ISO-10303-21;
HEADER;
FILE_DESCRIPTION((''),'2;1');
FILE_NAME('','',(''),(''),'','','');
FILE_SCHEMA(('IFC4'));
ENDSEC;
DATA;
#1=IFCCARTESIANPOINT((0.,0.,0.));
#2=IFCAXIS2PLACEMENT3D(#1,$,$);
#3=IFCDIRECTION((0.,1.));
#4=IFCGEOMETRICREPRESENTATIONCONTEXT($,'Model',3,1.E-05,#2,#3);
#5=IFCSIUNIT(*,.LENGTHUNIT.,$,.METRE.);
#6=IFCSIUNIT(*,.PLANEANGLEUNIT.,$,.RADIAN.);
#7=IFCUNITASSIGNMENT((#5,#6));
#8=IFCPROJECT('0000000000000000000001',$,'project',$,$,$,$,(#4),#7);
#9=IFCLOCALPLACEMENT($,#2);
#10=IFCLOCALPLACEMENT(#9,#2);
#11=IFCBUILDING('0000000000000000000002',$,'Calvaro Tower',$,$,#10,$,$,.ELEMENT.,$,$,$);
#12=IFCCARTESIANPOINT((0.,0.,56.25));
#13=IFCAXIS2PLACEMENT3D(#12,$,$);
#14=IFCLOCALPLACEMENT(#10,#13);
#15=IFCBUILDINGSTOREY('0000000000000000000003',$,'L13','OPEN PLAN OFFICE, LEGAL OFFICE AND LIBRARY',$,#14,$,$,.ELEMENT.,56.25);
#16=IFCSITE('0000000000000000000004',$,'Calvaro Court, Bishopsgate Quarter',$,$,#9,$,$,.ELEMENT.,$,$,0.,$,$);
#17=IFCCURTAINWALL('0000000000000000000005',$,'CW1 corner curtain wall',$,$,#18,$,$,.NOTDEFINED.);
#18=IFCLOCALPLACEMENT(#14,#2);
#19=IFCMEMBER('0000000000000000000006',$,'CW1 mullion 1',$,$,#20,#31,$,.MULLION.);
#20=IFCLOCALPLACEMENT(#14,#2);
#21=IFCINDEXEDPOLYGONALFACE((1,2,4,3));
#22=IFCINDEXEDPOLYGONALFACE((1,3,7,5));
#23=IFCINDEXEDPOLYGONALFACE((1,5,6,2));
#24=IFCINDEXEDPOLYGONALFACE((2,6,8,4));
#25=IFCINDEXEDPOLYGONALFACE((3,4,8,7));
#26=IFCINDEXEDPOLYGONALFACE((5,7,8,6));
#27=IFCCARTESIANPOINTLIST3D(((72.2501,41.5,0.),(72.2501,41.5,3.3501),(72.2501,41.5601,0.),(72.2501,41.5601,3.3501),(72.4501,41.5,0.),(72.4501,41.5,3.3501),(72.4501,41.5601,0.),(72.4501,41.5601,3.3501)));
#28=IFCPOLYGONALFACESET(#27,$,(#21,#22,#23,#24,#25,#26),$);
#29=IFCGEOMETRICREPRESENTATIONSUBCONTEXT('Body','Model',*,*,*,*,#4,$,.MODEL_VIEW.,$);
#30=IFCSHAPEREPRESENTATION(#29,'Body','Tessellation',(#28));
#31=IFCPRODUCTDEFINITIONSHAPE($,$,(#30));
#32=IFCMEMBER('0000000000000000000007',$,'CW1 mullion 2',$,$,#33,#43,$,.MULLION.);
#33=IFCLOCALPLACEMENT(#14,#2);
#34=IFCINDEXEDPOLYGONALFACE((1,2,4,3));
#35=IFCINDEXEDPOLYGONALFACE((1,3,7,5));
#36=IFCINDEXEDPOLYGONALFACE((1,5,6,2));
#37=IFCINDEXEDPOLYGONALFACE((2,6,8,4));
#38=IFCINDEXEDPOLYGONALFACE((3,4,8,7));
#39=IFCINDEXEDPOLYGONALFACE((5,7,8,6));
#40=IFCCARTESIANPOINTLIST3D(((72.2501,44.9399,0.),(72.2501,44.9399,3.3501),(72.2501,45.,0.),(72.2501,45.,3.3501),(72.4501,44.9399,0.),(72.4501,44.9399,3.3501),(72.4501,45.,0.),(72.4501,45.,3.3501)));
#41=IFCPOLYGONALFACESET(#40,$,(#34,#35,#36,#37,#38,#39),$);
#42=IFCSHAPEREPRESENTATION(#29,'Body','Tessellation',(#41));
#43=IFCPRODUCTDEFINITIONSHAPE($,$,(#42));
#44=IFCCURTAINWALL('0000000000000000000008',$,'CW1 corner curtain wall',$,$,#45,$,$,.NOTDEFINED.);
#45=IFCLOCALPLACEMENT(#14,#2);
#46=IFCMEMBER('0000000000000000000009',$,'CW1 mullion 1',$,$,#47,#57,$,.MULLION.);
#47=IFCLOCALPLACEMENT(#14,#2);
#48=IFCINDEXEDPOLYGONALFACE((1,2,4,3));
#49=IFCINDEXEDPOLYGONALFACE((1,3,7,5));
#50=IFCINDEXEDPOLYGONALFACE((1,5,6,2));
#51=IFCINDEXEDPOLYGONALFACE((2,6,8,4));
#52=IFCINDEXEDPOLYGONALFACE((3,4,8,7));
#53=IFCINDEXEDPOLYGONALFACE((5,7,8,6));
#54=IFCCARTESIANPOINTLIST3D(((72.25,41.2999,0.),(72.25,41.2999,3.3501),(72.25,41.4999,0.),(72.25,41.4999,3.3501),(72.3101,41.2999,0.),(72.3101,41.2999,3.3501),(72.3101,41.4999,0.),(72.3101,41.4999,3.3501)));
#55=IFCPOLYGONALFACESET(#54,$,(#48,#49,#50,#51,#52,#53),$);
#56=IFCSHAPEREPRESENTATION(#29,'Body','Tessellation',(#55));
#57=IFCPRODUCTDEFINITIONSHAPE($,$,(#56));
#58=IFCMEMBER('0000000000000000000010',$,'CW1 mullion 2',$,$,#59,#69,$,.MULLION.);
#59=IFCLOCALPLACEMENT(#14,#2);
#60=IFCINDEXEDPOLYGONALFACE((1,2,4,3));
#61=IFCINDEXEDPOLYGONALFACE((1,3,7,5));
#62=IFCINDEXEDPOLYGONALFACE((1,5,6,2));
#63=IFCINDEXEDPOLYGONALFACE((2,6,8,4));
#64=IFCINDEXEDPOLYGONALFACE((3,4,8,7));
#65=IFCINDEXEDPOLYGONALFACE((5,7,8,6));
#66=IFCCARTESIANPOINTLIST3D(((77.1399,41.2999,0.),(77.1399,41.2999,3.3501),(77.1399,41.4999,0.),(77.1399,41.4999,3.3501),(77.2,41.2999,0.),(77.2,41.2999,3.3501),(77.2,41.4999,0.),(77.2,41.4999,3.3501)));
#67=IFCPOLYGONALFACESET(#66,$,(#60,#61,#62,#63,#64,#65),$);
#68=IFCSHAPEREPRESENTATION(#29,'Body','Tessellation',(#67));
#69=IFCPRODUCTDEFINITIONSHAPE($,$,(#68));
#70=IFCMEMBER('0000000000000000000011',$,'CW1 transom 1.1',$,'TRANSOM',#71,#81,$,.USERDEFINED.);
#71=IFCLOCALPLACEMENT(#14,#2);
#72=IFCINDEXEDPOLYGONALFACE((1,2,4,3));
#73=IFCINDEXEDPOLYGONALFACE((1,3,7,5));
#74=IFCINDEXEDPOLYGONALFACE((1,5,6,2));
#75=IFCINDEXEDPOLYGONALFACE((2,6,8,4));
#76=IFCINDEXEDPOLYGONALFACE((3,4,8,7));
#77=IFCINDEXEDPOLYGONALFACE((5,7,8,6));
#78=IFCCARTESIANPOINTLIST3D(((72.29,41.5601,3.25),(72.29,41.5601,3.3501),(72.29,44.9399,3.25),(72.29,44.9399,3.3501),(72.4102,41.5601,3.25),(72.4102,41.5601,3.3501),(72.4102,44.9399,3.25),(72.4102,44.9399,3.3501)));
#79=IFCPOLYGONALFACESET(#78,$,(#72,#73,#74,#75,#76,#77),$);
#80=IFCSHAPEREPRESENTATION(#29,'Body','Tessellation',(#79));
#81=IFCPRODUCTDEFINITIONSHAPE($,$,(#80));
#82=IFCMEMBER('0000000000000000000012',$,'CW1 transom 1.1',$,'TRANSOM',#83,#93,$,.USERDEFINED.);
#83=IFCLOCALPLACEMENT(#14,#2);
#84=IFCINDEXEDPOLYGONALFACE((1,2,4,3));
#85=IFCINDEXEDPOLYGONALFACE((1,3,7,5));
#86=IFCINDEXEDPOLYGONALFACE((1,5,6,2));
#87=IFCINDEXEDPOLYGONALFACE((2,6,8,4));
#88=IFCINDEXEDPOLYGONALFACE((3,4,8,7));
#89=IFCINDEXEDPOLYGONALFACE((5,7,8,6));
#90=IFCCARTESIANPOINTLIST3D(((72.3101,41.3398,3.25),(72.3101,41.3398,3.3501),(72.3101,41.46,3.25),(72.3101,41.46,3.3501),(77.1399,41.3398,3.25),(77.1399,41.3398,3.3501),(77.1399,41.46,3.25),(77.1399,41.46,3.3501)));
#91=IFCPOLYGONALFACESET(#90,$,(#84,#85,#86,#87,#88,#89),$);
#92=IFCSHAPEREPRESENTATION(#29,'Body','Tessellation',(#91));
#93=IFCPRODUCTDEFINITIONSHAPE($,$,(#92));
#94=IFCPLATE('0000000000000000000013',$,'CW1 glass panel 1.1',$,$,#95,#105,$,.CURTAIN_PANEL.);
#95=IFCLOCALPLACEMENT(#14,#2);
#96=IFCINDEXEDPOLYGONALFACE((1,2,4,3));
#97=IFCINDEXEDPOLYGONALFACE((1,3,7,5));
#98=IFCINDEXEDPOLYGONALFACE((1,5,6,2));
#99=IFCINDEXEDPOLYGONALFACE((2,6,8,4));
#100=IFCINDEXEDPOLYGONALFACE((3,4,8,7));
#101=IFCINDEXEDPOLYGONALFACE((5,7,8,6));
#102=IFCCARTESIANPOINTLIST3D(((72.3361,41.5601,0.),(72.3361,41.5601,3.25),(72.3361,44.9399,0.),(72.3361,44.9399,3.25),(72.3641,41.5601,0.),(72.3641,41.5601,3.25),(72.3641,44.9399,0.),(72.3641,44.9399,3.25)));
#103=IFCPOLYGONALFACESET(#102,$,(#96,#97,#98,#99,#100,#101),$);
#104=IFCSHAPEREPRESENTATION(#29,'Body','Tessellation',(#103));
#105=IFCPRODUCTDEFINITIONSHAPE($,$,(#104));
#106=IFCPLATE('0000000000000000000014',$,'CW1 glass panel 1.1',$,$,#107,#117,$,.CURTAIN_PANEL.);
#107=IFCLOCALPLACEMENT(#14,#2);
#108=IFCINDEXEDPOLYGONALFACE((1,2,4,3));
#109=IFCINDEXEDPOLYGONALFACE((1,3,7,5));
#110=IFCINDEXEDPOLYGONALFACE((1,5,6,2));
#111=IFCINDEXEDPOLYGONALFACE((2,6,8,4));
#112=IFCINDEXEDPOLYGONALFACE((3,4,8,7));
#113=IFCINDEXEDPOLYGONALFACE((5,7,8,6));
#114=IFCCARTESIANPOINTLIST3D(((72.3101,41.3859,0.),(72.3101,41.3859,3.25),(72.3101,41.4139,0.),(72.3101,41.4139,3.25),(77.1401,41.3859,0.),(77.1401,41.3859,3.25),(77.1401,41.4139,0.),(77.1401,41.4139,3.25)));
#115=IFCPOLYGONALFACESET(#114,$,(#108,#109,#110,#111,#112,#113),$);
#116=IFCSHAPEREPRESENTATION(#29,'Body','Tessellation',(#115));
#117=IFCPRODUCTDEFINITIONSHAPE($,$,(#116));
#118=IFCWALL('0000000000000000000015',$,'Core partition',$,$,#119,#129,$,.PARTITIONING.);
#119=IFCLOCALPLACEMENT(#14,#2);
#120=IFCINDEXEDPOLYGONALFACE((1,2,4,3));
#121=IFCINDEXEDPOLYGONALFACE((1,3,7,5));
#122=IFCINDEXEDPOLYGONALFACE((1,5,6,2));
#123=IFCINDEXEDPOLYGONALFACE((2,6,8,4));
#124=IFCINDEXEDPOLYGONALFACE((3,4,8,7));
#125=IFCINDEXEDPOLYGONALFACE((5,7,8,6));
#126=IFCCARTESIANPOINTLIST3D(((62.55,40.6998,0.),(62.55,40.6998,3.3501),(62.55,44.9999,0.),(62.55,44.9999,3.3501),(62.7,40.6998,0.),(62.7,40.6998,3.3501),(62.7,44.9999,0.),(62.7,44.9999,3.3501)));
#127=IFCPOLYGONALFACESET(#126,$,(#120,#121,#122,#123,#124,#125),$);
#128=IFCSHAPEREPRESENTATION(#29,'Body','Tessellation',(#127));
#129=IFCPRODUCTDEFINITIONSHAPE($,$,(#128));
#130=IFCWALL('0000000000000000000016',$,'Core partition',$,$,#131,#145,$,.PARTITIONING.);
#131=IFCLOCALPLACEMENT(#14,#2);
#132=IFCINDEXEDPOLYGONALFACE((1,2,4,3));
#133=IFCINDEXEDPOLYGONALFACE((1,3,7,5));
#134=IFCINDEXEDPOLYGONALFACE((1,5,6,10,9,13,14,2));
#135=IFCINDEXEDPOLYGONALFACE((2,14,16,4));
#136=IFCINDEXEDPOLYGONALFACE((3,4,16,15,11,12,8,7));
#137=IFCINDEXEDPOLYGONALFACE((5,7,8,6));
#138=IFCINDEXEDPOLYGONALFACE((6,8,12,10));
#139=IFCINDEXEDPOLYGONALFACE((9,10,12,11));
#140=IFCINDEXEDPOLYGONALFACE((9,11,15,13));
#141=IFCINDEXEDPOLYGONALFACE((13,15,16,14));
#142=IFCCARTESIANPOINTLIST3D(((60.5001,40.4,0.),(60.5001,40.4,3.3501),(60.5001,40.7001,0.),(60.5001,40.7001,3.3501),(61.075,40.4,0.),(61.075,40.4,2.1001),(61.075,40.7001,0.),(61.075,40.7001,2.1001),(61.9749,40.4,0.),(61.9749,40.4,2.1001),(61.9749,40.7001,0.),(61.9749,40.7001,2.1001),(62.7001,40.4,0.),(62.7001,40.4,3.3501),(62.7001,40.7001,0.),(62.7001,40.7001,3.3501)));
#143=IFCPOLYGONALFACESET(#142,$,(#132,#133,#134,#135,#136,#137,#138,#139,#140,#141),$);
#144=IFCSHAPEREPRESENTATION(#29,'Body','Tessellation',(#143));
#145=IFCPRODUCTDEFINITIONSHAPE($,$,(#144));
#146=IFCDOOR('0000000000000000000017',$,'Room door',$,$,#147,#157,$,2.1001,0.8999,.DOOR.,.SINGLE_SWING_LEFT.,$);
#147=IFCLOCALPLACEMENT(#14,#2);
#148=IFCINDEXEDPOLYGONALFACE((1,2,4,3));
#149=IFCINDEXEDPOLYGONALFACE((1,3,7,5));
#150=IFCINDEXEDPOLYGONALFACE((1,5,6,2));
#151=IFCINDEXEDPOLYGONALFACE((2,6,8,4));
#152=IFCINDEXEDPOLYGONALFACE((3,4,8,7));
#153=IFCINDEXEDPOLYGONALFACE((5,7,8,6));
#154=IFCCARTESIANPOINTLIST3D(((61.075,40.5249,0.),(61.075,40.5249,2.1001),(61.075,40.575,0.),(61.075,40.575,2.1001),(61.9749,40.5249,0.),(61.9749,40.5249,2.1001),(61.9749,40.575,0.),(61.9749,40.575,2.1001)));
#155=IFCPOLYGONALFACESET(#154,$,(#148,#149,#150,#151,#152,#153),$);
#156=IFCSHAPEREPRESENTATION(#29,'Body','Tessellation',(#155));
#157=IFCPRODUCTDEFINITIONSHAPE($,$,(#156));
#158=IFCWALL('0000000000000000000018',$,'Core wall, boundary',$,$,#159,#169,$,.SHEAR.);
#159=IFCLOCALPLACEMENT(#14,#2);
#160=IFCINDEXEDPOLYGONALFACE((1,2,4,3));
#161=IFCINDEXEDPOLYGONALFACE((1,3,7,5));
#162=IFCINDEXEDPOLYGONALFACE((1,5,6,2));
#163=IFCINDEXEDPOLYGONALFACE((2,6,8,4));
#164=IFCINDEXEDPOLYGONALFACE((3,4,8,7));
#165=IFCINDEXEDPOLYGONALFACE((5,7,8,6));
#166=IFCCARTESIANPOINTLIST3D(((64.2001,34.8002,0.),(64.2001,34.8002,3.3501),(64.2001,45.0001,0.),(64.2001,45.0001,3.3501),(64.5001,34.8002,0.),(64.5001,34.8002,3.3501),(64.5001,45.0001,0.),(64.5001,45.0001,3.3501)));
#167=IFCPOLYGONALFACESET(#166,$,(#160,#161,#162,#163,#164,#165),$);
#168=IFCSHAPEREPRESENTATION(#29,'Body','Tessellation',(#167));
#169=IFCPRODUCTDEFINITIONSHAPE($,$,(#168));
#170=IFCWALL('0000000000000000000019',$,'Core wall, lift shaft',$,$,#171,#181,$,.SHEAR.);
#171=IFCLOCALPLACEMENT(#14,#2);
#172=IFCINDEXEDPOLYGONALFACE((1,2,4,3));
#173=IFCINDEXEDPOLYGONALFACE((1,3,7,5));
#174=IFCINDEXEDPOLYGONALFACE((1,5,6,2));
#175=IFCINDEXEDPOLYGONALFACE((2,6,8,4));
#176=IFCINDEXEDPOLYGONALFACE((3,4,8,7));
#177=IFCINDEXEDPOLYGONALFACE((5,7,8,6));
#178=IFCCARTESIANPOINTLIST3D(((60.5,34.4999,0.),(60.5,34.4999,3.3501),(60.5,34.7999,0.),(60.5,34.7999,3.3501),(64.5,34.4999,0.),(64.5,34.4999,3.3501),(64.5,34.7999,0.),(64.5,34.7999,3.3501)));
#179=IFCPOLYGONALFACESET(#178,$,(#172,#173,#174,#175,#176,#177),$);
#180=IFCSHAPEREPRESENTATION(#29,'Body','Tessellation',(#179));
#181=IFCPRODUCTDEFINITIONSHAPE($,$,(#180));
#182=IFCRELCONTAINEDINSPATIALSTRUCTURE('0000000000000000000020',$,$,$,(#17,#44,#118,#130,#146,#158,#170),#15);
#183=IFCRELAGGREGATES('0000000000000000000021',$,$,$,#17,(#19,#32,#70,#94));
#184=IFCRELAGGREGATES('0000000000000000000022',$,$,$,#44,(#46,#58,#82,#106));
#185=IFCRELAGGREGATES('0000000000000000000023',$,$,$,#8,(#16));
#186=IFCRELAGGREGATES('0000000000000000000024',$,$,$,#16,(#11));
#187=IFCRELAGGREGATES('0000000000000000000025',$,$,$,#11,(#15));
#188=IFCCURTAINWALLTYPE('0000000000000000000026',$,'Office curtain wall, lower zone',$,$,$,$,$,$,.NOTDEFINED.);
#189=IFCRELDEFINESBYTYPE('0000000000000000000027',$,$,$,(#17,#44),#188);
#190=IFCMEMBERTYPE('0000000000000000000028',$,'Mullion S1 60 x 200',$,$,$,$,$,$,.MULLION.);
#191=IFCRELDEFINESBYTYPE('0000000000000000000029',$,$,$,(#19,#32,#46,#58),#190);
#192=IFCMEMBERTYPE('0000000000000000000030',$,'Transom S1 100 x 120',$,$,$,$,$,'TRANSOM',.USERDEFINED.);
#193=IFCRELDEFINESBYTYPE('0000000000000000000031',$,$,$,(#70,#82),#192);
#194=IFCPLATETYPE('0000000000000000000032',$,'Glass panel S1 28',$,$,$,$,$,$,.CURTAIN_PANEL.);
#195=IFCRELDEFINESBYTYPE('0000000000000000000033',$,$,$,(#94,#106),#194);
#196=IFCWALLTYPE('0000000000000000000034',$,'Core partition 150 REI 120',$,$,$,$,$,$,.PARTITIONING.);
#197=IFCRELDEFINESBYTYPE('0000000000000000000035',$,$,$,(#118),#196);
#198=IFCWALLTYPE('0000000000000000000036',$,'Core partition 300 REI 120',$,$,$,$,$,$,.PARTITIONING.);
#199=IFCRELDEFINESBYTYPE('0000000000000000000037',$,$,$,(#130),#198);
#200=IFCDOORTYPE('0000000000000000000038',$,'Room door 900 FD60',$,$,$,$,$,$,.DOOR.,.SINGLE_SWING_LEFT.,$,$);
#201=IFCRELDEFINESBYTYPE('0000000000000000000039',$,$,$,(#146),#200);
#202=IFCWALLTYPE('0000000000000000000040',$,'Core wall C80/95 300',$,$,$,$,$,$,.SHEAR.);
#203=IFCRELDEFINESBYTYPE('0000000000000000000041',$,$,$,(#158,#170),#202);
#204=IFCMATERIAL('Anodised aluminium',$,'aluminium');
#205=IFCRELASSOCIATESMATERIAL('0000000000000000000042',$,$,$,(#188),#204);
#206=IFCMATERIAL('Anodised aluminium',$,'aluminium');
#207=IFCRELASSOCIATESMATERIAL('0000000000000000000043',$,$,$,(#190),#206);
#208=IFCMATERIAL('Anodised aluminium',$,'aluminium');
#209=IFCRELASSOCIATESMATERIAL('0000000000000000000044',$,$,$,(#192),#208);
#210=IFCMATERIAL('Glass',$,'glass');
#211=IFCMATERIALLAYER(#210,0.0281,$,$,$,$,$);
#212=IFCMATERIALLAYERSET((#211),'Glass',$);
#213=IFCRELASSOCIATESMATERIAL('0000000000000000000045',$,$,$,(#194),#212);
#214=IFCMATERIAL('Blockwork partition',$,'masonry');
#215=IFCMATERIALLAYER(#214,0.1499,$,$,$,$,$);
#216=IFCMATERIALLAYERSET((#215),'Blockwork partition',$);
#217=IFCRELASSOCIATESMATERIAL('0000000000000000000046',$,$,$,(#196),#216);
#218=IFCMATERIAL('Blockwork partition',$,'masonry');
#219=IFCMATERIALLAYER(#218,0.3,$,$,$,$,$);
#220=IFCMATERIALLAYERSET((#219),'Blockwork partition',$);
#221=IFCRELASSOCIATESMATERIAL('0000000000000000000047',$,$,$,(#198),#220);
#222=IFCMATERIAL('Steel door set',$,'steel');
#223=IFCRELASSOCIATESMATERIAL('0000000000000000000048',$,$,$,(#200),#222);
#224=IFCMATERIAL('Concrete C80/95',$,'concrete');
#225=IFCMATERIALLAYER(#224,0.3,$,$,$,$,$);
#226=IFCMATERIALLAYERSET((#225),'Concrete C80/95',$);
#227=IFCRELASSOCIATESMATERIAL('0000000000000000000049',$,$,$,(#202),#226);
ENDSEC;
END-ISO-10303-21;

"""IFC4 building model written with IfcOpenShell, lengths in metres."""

from ifc_helpers import new_model, si_unit, direction, frame, frame_2d, origin, origin_2d, place, context, subcontext, project, spatial, rectangle, extrude, material, layer, layer_set, material_profile, profile_set, type_object, element, fill, aggregate, save


model = new_model("IFC4")

# Units and contexts
model_context = context("Model", 3, precision=1e-05, world=origin(), true_north=direction((0.0, 1.0)))
body_context = subcontext(model_context, "Body", "Model", "MODEL_VIEW")
ifc_project = project(units=[si_unit("LENGTHUNIT", "METRE"), si_unit("PLANEANGLEUNIT", "RADIAN")], contexts=[model_context])

# Site, building, storey
site_placement = place(None, origin())
site = spatial("IfcSite", under=ifc_project, at=site_placement, Name="Calvaro Court, Bishopsgate Quarter", CompositionType="ELEMENT", RefElevation=0.0)
building_placement = place(site_placement, origin())
building = spatial("IfcBuilding", under=site, at=building_placement, Name="Calvaro Tower", CompositionType="ELEMENT")
storey_placement = place(building_placement, frame((0.0, 0.0, 56.25)))
storey = spatial("IfcBuildingStorey", under=building, at=storey_placement, Name="L13", Description="OPEN PLAN OFFICE, LEGAL OFFICE AND LIBRARY", CompositionType="ELEMENT", Elevation=56.25)

# Curtain walls, members
ifc_material_1 = material(Name="Anodised aluminium", Category="aluminium")
curtain_wall_type = type_object("IfcCurtainWallType", Name="Office curtain wall, lower zone", PredefinedType="NOTDEFINED", material=ifc_material_1)
curtain_wall_1_placement = place(storey_placement, origin())
curtain_wall_1 = element("IfcCurtainWall", 1, at=curtain_wall_1_placement, inside=storey, type_object=curtain_wall_type, Name="CW1 corner curtain wall", PredefinedType="NOTDEFINED")
ifc_material_2 = material(Name="Anodised aluminium", Category="aluminium")
ifc_material_profile_1 = material_profile(ifc_material_2, rectangle(XDim=0.2, YDim=0.0601, at=origin_2d()), Name="Mullion S1 60 x 200")
ifc_profile_set_1 = profile_set([ifc_material_profile_1], Name="Anodised aluminium")
member_type_1 = type_object("IfcMemberType", Name="Mullion S1 60 x 200", PredefinedType="MULLION", material=ifc_profile_set_1)
member_1_placement = place(storey_placement, frame((72.3501, 41.53, 0.0), z_axis=(0.0, 0.0, 1.0), x_axis=(-1.0, 0.0, 0.0)))
member_1 = element("IfcMember", 2, at=member_1_placement, type_object=member_type_1, Name="CW1 mullion 1", PredefinedType="MULLION", context=body_context, shape_type="SweptSolid", body=[
    extrude(rectangle(XDim=0.2, YDim=0.0601, at=origin_2d()), origin(), (0.0, 0.0, 1.0), 3.3501),
])
member_2_placement = place(storey_placement, frame((72.3501, 44.97, 0.0), z_axis=(0.0, 0.0, 1.0), x_axis=(-1.0, 0.0, 0.0)))
member_2 = element("IfcMember", 3, at=member_2_placement, type_object=member_type_1, Name="CW1 mullion 2", PredefinedType="MULLION", context=body_context, shape_type="SweptSolid", body=[
    extrude(rectangle(XDim=0.2, YDim=0.0601, at=origin_2d()), origin(), (0.0, 0.0, 1.0), 3.3501),
])
curtain_wall_2_placement = place(storey_placement, origin())
curtain_wall_2 = element("IfcCurtainWall", 4, at=curtain_wall_2_placement, inside=storey, type_object=curtain_wall_type, Name="CW1 corner curtain wall", PredefinedType="NOTDEFINED")
member_3_placement = place(storey_placement, frame((72.28, 41.3999, 0.0), z_axis=(0.0, 0.0, 1.0), x_axis=(0.0, 1.0, 0.0)))
member_3 = element("IfcMember", 5, at=member_3_placement, type_object=member_type_1, Name="CW1 mullion 1", PredefinedType="MULLION", context=body_context, shape_type="SweptSolid", body=[
    extrude(rectangle(XDim=0.2, YDim=0.0601, at=origin_2d()), origin(), (0.0, 0.0, 1.0), 3.3501),
])
member_4_placement = place(storey_placement, frame((77.1699, 41.3999, 0.0), z_axis=(0.0, 0.0, 1.0), x_axis=(0.0, 1.0, 0.0)))
member_4 = element("IfcMember", 6, at=member_4_placement, type_object=member_type_1, Name="CW1 mullion 2", PredefinedType="MULLION", context=body_context, shape_type="SweptSolid", body=[
    extrude(rectangle(XDim=0.2, YDim=0.0601, at=origin_2d()), origin(), (0.0, 0.0, 1.0), 3.3501),
])

# Members
ifc_material_3 = material(Name="Anodised aluminium", Category="aluminium")
ifc_material_profile_2 = material_profile(ifc_material_3, rectangle(XDim=0.1201, YDim=0.1001, at=origin_2d()), Name="Transom S1 100 x 120")
ifc_profile_set_2 = profile_set([ifc_material_profile_2], Name="Anodised aluminium")
member_type_2 = type_object("IfcMemberType", Name="Transom S1 100 x 120", ElementType="TRANSOM", PredefinedType="USERDEFINED", material=ifc_profile_set_2)
member_5_placement = place(storey_placement, frame((72.3501, 41.5601, 3.3), z_axis=(0.0, 1.0, 0.0), x_axis=(-1.0, 0.0, 0.0)))
member_5 = element("IfcMember", 7, at=member_5_placement, type_object=member_type_2, Name="CW1 transom 1.1", ObjectType="TRANSOM", PredefinedType="USERDEFINED", context=body_context, shape_type="SweptSolid", body=[
    extrude(rectangle(XDim=0.1201, YDim=0.1001, at=origin_2d()), origin(), (0.0, 0.0, 1.0), 3.3799),
])
member_6_placement = place(storey_placement, frame((72.3101, 41.3999, 3.3), z_axis=(1.0, 0.0, 0.0), x_axis=(0.0, 1.0, 0.0)))
member_6 = element("IfcMember", 8, at=member_6_placement, type_object=member_type_2, Name="CW1 transom 1.1", ObjectType="TRANSOM", PredefinedType="USERDEFINED", context=body_context, shape_type="SweptSolid", body=[
    extrude(rectangle(XDim=0.1201, YDim=0.1001, at=origin_2d()), origin(), (0.0, 0.0, 1.0), 4.8298),
])

# Plates
ifc_material_4 = material(Name="Glass", Category="glass")
ifc_layer_1 = layer(ifc_material_4, 0.0281)
ifc_layer_set_1 = layer_set([ifc_layer_1], Name="Glass")
plate_type = type_object("IfcPlateType", Name="Glass panel S1 28", PredefinedType="CURTAIN_PANEL", material=ifc_layer_set_1)
plate_1_placement = place(storey_placement, frame((72.3501, 43.25, 0.0), z_axis=(0.0, 0.0, 1.0), x_axis=(0.0, 1.0, 0.0)))
plate_1 = element("IfcPlate", 9, at=plate_1_placement, type_object=plate_type, Name="CW1 glass panel 1.1", PredefinedType="CURTAIN_PANEL", context=body_context, shape_type="SweptSolid", body=[
    extrude(rectangle(XDim=3.3799, YDim=0.0281, at=origin_2d()), origin(), (0.0, 0.0, 1.0), 3.25),
])
aggregate(curtain_wall_1, [member_1, member_2, member_5, plate_1])
plate_2_placement = place(storey_placement, frame((74.7251, 41.3999, 0.0), z_axis=(0.0, 0.0, 1.0), x_axis=(1.0, 0.0, 0.0)))
plate_2 = element("IfcPlate", 10, at=plate_2_placement, type_object=plate_type, Name="CW1 glass panel 1.1", PredefinedType="CURTAIN_PANEL", context=body_context, shape_type="SweptSolid", body=[
    extrude(rectangle(XDim=4.8301, YDim=0.0281, at=origin_2d()), origin(), (0.0, 0.0, 1.0), 3.25),
])
aggregate(curtain_wall_2, [member_3, member_4, member_6, plate_2])

# Wall
ifc_material_5 = material(Name="Blockwork partition", Category="masonry")
ifc_layer_2 = layer(ifc_material_5, 0.1499)
ifc_layer_set_2 = layer_set([ifc_layer_2], Name="Blockwork partition")
wall_type_1 = type_object("IfcWallType", Name="Core partition 150 REI 120", PredefinedType="PARTITIONING", material=ifc_layer_set_2)
wall_1_placement = place(storey_placement, frame((62.625, 40.7, 0.0), z_axis=(0.0, 0.0, 1.0), x_axis=(0.0, 1.0, 0.0)))
element("IfcWall", 11, at=wall_1_placement, inside=storey, type_object=wall_type_1, Name="Core partition", PredefinedType="PARTITIONING", context=body_context, shape_type="SweptSolid", body=[
    extrude(rectangle(XDim=4.3, YDim=0.1499, at=frame_2d((2.1499, 0.0))), origin(), (0.0, 0.0, 1.0), 3.3501),
])

# Wall, opening, door
ifc_material_6 = material(Name="Blockwork partition", Category="masonry")
ifc_layer_3 = layer(ifc_material_6, 0.3)
ifc_layer_set_3 = layer_set([ifc_layer_3], Name="Blockwork partition")
wall_type_2 = type_object("IfcWallType", Name="Core partition 300 REI 120", PredefinedType="PARTITIONING", material=ifc_layer_set_3)
wall_2_placement = place(storey_placement, frame((60.5, 40.55, 0.0), z_axis=(0.0, 0.0, 1.0), x_axis=(1.0, 0.0, 0.0)))
wall_2 = element("IfcWall", 12, at=wall_2_placement, inside=storey, type_object=wall_type_2, Name="Core partition", PredefinedType="PARTITIONING", context=body_context, shape_type="SweptSolid", body=[
    extrude(rectangle(XDim=2.2, YDim=0.3, at=frame_2d((1.1001, 0.0))), origin(), (0.0, 0.0, 1.0), 3.3501),
])
opening_1_placement = place(wall_2_placement, frame((0.575, 0.0, 0.0)))
opening_1 = element("IfcOpeningElement", 13, at=opening_1_placement, cuts=wall_2, PredefinedType="OPENING", context=body_context, shape_type="SweptSolid", body=[
    extrude(rectangle(XDim=0.8999, YDim=2.1001, at=frame_2d((0.45, 1.05))), frame((0.0, 0.1599, 0.0), z_axis=(0.0, -1.0, 0.0), x_axis=(1.0, 0.0, 0.0)), (0.0, 0.0, 1.0), 0.3201),
])
ifc_material_7 = material(Name="Steel door set", Category="steel")
door_type_1 = type_object("IfcDoorType", Name="Room door 900 FD60", OperationType="SINGLE_SWING_LEFT", PredefinedType="DOOR", material=ifc_material_7)
door_1_placement = place(opening_1_placement, origin())
door_1 = element("IfcDoor", 14, at=door_1_placement, inside=storey, type_object=door_type_1, Name="Room door", OperationType="SINGLE_SWING_LEFT", OverallHeight=2.1001, OverallWidth=0.8999, PredefinedType="DOOR", context=body_context, shape_type="SweptSolid", body=[
    extrude(rectangle(XDim=0.8999, YDim=2.1001, at=frame_2d((0.45, 1.05))), frame((0.0, 0.0249, 0.0), z_axis=(0.0, -1.0, 0.0), x_axis=(1.0, 0.0, 0.0)), (0.0, 0.0, 1.0), 0.05),
])
fill(opening_1, door_1)

# Walls
ifc_material_8 = material(Name="Concrete C80/95", Category="concrete")
ifc_layer_4 = layer(ifc_material_8, 0.3)
ifc_layer_set_4 = layer_set([ifc_layer_4], Name="Concrete C80/95")
wall_type_3 = type_object("IfcWallType", Name="Core wall C80/95 300", PredefinedType="SHEAR", material=ifc_layer_set_4)
wall_3_placement = place(storey_placement, frame((64.3501, 34.8, 0.0), z_axis=(0.0, 0.0, 1.0), x_axis=(0.0, 1.0, 0.0)))
element("IfcWall", 15, at=wall_3_placement, inside=storey, type_object=wall_type_3, Name="Core wall, boundary", PredefinedType="SHEAR", context=body_context, shape_type="SweptSolid", body=[
    extrude(rectangle(XDim=10.2, YDim=0.3, at=frame_2d((5.1001, 0.0))), origin(), (0.0, 0.0, 1.0), 3.3501),
])
wall_4_placement = place(storey_placement, frame((60.5, 34.6499, 0.0), z_axis=(0.0, 0.0, 1.0), x_axis=(1.0, 0.0, 0.0)))
element("IfcWall", 16, at=wall_4_placement, inside=storey, type_object=wall_type_3, Name="Core wall, lift shaft", PredefinedType="SHEAR", context=body_context, shape_type="SweptSolid", body=[
    extrude(rectangle(XDim=4.0, YDim=0.3, at=frame_2d((2.0, 0.0))), origin(), (0.0, 0.0, 1.0), 3.3501),
])

save(model, "model.ifc")
